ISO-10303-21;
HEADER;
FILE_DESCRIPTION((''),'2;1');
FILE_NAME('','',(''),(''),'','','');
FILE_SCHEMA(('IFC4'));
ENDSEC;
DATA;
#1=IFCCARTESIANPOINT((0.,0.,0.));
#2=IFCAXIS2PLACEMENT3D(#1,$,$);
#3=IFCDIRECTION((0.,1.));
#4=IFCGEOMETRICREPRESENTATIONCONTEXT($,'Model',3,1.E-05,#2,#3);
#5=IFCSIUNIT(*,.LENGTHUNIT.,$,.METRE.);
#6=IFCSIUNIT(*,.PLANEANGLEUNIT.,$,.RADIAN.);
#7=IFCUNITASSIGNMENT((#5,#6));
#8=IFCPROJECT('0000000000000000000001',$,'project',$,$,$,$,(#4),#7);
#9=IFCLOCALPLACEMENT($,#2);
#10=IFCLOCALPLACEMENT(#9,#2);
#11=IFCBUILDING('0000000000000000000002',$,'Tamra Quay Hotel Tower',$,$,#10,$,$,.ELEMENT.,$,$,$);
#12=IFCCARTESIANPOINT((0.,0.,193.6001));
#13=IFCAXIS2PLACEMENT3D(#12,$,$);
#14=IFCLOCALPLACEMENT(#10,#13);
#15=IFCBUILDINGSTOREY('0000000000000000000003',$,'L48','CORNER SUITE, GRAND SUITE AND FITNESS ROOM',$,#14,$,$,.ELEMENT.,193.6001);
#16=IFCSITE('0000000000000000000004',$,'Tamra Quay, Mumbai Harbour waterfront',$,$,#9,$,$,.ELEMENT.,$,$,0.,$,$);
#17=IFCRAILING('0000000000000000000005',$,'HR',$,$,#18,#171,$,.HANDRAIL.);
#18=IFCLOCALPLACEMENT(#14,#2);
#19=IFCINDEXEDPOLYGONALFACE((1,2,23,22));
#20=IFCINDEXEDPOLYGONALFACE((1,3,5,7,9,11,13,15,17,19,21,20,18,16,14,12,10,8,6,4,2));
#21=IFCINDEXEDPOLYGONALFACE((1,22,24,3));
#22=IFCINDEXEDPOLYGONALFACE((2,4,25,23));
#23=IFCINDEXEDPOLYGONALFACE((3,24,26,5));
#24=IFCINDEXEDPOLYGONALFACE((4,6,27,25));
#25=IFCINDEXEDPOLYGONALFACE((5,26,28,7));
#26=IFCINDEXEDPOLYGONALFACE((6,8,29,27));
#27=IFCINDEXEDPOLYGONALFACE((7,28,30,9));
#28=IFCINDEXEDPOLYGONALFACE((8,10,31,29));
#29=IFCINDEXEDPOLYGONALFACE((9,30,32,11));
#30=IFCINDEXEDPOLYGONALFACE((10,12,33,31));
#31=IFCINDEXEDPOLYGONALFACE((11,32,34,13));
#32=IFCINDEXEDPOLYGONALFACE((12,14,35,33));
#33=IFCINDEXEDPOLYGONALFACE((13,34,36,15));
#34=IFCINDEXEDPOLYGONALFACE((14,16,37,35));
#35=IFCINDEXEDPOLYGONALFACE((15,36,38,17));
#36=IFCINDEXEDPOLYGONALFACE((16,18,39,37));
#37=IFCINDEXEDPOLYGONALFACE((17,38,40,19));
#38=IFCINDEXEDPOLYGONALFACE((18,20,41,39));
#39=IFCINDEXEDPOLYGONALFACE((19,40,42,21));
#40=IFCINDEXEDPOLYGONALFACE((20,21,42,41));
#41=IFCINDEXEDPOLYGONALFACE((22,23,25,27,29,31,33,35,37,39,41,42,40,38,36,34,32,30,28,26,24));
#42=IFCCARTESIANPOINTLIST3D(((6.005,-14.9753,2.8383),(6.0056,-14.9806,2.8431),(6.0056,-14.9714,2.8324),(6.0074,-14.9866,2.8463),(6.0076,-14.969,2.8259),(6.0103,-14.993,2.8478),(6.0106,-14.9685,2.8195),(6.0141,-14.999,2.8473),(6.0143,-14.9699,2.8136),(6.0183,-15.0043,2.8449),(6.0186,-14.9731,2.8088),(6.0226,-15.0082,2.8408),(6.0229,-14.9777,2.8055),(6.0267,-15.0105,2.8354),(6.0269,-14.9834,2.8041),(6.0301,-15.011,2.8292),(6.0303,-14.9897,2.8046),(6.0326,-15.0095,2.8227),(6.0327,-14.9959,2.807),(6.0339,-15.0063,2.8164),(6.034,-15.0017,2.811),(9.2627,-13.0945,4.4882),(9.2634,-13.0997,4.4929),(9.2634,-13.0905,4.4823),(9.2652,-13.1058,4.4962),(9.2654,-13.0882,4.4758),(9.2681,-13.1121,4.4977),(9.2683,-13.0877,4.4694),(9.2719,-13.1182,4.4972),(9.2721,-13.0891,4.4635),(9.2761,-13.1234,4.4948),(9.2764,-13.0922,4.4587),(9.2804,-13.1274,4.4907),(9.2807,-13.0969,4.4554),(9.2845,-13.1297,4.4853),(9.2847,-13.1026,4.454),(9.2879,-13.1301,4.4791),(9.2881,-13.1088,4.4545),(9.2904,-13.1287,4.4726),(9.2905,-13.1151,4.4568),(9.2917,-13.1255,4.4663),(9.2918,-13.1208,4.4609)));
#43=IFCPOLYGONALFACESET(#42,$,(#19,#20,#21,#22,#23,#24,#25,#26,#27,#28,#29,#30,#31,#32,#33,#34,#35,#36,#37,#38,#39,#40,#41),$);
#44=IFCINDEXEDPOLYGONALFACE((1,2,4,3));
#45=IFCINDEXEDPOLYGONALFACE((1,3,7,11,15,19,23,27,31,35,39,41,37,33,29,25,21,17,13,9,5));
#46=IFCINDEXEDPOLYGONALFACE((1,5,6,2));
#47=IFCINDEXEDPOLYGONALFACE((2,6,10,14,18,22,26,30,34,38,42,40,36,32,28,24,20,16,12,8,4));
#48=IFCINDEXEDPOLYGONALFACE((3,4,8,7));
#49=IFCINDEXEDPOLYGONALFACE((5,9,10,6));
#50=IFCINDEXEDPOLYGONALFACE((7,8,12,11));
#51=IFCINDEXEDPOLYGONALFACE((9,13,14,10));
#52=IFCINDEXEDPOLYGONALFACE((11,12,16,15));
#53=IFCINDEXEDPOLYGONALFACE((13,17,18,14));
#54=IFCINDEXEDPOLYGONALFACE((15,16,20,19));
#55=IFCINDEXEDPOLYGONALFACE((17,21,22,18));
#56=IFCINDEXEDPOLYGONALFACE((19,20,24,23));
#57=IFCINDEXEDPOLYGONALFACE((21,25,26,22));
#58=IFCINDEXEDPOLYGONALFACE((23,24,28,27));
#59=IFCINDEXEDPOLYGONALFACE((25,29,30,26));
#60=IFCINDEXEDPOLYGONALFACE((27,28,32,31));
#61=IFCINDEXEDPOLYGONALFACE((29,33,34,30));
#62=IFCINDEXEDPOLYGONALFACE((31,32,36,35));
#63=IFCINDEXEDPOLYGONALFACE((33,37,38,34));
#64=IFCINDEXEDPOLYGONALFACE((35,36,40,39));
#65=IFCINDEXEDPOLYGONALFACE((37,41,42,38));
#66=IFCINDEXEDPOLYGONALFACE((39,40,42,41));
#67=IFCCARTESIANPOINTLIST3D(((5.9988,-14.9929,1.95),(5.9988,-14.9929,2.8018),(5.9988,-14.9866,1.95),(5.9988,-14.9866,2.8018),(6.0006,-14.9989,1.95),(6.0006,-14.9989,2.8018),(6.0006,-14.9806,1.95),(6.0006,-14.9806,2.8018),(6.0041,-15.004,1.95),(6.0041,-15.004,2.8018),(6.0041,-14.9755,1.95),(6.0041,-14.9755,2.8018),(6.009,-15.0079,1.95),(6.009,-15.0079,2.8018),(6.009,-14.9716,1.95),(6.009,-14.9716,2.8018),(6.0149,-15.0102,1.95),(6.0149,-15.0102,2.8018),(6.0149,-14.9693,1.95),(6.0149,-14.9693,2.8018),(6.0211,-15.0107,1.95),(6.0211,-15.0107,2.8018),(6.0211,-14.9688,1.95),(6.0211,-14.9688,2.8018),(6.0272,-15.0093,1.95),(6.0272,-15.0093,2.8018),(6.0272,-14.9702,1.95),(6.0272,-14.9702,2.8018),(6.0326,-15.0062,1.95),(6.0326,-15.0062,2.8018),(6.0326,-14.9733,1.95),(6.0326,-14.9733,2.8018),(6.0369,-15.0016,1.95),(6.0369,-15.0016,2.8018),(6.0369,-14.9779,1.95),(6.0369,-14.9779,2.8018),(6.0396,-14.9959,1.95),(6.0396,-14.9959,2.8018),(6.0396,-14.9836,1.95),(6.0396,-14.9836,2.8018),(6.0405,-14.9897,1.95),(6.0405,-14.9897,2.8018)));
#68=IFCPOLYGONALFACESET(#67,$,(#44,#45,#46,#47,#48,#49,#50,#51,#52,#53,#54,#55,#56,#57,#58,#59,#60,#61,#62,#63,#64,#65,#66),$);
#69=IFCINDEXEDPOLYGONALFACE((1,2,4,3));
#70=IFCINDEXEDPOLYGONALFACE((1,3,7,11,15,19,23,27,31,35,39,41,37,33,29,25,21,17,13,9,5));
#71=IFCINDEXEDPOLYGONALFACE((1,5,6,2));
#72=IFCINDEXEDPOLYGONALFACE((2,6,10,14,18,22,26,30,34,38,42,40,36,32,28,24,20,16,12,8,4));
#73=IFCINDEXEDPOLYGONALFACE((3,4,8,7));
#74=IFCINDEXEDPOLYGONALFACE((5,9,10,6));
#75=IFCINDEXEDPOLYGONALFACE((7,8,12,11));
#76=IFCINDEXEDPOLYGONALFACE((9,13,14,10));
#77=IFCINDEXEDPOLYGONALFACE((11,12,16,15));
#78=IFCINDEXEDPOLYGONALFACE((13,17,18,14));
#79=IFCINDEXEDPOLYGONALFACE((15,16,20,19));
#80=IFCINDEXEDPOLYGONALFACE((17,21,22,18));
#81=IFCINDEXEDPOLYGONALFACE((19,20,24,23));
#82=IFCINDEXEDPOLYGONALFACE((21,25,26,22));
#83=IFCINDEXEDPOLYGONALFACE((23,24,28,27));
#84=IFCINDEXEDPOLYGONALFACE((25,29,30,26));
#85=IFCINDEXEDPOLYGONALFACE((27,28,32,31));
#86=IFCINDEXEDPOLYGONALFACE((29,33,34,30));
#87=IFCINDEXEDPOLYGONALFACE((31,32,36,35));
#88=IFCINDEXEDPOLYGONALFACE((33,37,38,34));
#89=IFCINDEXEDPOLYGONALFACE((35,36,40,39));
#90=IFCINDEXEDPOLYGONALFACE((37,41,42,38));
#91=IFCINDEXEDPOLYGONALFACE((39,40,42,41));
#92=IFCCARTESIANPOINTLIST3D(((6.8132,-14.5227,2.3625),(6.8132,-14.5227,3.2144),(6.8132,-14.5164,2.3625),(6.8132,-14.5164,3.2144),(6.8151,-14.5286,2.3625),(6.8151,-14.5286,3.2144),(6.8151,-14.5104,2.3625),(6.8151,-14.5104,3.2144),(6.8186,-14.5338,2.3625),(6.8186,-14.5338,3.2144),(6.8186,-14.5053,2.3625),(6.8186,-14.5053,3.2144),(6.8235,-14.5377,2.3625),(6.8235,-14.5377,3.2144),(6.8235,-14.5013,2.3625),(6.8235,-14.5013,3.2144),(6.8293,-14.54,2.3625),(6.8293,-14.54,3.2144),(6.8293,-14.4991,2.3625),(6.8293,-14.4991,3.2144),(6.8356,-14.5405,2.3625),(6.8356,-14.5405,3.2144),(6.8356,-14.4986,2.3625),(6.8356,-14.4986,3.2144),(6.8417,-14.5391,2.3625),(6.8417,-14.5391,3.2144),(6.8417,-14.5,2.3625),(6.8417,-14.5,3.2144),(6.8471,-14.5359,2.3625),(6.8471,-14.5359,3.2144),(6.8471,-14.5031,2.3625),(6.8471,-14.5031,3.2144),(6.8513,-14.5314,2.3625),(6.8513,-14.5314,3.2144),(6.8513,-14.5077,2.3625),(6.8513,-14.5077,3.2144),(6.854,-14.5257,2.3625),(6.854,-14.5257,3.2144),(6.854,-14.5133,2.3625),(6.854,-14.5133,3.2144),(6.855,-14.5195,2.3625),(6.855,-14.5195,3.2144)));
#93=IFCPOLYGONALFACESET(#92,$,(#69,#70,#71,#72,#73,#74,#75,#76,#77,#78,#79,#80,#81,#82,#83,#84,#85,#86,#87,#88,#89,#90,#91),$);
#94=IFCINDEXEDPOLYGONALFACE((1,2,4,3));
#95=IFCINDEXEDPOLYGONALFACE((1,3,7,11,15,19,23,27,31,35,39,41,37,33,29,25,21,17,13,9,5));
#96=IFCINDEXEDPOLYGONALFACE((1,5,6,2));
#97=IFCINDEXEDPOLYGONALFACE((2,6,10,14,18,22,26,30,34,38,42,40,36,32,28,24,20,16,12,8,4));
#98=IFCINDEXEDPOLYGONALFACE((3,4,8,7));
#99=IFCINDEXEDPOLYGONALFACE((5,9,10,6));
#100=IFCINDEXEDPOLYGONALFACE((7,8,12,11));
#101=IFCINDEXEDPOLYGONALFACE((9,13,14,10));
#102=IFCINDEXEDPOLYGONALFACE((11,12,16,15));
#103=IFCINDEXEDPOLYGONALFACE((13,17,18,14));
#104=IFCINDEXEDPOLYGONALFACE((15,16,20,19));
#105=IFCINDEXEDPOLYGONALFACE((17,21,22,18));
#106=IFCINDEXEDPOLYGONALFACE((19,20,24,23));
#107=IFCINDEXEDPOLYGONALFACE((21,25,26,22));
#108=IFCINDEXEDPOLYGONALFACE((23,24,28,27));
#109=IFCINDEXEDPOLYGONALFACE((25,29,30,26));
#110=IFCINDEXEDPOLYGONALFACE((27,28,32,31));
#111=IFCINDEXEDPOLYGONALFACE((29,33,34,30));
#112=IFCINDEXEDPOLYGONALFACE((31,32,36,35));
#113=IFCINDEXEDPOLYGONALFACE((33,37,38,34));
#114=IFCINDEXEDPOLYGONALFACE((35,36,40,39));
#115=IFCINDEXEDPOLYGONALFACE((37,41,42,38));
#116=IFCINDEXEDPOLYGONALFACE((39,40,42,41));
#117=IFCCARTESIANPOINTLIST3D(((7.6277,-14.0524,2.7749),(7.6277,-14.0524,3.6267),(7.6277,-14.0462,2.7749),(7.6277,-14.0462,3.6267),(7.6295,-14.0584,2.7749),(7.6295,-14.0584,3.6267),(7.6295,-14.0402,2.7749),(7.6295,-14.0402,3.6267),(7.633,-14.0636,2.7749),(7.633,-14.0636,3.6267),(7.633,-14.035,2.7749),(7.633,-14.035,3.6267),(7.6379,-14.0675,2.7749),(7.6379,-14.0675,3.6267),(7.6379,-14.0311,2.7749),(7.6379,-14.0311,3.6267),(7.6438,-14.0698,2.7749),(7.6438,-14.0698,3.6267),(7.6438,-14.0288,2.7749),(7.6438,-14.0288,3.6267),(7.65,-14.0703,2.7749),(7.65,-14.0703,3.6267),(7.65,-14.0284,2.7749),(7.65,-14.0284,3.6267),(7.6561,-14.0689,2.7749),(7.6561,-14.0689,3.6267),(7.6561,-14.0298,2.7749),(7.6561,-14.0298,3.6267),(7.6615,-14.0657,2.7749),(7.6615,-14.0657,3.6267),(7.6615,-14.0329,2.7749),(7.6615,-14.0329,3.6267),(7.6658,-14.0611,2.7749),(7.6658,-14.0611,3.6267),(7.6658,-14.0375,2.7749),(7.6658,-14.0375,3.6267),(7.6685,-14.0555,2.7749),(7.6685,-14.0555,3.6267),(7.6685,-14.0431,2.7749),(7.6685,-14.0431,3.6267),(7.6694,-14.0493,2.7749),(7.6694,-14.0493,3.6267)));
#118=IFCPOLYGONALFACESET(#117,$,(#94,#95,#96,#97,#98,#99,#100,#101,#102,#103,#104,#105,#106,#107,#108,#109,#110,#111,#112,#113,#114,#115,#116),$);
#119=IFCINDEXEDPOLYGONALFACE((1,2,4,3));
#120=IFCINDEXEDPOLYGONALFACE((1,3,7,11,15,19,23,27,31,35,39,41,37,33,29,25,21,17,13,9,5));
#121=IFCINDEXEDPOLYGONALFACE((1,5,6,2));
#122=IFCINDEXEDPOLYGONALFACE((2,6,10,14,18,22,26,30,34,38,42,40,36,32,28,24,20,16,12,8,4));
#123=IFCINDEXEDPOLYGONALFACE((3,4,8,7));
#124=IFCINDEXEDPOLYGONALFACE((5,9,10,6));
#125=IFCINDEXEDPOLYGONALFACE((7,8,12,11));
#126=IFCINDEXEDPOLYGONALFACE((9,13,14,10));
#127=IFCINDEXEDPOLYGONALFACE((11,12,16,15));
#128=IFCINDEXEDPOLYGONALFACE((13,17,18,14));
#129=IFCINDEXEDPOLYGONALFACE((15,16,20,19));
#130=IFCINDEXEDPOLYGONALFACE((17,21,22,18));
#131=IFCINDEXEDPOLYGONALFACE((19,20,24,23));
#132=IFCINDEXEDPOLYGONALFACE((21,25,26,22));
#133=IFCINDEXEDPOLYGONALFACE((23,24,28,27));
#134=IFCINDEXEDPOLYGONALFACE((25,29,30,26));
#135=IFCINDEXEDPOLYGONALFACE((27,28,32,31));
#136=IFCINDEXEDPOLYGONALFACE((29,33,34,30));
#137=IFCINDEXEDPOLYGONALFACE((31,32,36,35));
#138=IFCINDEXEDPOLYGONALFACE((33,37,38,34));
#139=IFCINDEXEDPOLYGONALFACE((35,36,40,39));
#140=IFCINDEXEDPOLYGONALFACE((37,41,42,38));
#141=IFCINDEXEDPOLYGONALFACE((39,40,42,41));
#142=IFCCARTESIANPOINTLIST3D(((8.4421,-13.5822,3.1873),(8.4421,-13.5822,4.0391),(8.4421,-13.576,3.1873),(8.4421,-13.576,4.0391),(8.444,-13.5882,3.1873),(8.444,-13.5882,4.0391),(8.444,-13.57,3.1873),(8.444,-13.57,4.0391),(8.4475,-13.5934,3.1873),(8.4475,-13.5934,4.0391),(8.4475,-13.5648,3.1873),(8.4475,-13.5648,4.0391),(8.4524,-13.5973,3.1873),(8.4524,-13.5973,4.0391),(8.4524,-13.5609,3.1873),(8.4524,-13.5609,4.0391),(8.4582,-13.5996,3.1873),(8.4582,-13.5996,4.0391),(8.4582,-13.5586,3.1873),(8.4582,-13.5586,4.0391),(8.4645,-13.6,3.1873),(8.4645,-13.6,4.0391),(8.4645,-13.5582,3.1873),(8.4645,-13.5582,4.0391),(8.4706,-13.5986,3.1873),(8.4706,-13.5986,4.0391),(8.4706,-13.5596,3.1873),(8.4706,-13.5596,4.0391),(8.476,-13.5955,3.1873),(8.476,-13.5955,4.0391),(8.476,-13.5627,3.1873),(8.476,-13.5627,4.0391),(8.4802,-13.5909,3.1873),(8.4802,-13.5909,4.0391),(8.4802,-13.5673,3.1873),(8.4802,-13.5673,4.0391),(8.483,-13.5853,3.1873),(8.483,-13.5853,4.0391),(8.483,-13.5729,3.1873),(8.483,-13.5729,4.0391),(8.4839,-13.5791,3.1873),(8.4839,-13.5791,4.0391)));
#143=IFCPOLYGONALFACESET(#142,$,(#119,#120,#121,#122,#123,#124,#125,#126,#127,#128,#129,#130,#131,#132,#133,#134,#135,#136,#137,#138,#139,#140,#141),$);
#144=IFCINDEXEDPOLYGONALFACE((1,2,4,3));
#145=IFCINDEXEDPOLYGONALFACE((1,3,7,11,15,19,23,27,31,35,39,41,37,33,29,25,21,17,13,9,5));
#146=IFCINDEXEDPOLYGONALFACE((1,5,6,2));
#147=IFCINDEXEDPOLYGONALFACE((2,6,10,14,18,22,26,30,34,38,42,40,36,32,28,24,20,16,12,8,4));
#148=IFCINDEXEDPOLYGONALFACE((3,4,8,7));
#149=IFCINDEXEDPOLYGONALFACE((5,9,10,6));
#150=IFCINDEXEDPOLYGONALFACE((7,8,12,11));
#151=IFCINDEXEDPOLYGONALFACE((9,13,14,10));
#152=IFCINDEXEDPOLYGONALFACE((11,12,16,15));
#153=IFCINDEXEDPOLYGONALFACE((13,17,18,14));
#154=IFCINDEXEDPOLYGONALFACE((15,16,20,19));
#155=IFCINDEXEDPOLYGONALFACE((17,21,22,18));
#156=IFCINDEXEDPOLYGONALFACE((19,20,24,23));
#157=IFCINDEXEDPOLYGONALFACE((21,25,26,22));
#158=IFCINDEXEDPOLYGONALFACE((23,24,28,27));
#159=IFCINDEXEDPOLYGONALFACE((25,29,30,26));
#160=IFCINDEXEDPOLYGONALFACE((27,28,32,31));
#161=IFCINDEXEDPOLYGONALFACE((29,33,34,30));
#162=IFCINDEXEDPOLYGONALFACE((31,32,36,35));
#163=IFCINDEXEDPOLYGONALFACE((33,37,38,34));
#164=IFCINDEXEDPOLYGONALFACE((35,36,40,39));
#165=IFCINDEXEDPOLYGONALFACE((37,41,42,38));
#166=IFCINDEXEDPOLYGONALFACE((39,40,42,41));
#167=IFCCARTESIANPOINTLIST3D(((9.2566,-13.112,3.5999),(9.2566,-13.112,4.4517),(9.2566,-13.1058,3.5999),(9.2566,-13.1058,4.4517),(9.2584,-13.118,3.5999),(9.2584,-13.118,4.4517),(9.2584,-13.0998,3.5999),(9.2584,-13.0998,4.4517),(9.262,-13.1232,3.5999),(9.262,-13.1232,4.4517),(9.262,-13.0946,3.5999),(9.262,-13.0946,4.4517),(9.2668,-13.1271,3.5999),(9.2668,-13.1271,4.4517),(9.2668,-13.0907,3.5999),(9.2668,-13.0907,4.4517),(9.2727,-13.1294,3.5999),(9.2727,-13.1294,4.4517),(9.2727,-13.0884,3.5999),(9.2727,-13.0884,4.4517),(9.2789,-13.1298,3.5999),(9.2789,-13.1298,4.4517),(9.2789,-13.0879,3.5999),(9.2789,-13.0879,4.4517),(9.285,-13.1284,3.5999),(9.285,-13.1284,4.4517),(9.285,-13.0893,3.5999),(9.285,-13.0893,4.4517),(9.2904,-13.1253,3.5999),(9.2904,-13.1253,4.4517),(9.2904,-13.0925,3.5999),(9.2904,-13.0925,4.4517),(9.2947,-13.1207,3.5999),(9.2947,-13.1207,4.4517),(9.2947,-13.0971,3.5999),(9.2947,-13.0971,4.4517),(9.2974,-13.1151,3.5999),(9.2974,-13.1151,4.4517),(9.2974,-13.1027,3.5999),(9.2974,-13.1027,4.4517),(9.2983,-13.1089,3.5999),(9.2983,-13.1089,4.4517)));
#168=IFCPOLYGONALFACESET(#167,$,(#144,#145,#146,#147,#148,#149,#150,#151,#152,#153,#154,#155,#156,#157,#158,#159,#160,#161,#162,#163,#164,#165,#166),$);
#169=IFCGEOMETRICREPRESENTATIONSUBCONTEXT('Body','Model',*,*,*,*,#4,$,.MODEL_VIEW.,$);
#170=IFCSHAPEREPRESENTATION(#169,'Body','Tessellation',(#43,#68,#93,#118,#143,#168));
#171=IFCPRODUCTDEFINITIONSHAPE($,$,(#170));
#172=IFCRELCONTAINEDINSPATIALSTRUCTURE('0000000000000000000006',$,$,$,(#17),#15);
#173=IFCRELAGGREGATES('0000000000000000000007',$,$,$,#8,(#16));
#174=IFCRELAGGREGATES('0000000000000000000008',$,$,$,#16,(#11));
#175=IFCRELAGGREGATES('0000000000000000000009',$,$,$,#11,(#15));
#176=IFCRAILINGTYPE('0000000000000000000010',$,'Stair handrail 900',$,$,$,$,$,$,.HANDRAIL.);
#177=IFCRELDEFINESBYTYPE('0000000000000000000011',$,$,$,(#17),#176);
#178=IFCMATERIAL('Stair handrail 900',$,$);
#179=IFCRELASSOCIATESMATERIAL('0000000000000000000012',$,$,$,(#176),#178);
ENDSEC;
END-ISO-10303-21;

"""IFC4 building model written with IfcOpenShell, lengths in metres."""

from ifc_helpers import new_model, si_unit, direction, frame, origin, origin_2d, place, context, subcontext, project, spatial, circle, extrude, material, type_object, element, save


model = new_model("IFC4")

# Units and contexts
model_context = context("Model", 3, precision=1e-05, world=origin(), true_north=direction((0.0, 1.0)))
body_context = subcontext(model_context, "Body", "Model", "MODEL_VIEW")
ifc_project = project(units=[si_unit("LENGTHUNIT", "METRE"), si_unit("PLANEANGLEUNIT", "RADIAN")], contexts=[model_context])

# Site, building, storey
site_placement = place(None, origin())
site = spatial("IfcSite", under=ifc_project, at=site_placement, Name="Tamra Quay, Mumbai Harbour waterfront", CompositionType="ELEMENT", RefElevation=0.0)
building_placement = place(site_placement, origin())
building = spatial("IfcBuilding", under=site, at=building_placement, Name="Tamra Quay Hotel Tower", CompositionType="ELEMENT")
storey_placement = place(building_placement, frame((0.0, 0.0, 193.6001)))
storey = spatial("IfcBuildingStorey", under=building, at=storey_placement, Name="L48", Description="CORNER SUITE, GRAND SUITE AND FITNESS ROOM", CompositionType="ELEMENT", Elevation=193.6001)

# Railing
ifc_material_1 = material(Name="Stair handrail 900")
railing_type_1 = type_object("IfcRailingType", Name="Stair handrail 900", PredefinedType="HANDRAIL", material=ifc_material_1)
railing_1_placement = place(storey_placement, frame((6.0195, -14.9897, 1.95)))
element("IfcRailing", 1, at=railing_1_placement, inside=storey, type_object=railing_type_1, Name="HR", PredefinedType="HANDRAIL", context=body_context, shape_type="SweptSolid", body=[
    extrude(circle(Radius=0.0239, at=origin_2d()), frame((0.0, 0.0, 0.876), z_axis=(0.7931, 0.457887, 0.401661), x_axis=(-0.499992, 0.86603, 0.0)), (0.0, 0.0, 1.0), 4.1077),
    extrude(circle(Radius=0.021, at=origin_2d()), origin(), (0.0, 0.0, 1.0), 0.8518),
    extrude(circle(Radius=0.021, at=origin_2d()), frame((0.8145, 0.4702, 0.4126)), (0.0, 0.0, 1.0), 0.8518),
    extrude(circle(Radius=0.021, at=origin_2d()), frame((1.6289, 0.9404, 0.825)), (0.0, 0.0, 1.0), 0.8518),
    extrude(circle(Radius=0.021, at=origin_2d()), frame((2.4434, 1.4106, 1.2373)), (0.0, 0.0, 1.0), 0.8518),
    extrude(circle(Radius=0.021, at=origin_2d()), frame((3.2578, 1.8809, 1.6499)), (0.0, 0.0, 1.0), 0.8518),
])

save(model, "model.ifc")
